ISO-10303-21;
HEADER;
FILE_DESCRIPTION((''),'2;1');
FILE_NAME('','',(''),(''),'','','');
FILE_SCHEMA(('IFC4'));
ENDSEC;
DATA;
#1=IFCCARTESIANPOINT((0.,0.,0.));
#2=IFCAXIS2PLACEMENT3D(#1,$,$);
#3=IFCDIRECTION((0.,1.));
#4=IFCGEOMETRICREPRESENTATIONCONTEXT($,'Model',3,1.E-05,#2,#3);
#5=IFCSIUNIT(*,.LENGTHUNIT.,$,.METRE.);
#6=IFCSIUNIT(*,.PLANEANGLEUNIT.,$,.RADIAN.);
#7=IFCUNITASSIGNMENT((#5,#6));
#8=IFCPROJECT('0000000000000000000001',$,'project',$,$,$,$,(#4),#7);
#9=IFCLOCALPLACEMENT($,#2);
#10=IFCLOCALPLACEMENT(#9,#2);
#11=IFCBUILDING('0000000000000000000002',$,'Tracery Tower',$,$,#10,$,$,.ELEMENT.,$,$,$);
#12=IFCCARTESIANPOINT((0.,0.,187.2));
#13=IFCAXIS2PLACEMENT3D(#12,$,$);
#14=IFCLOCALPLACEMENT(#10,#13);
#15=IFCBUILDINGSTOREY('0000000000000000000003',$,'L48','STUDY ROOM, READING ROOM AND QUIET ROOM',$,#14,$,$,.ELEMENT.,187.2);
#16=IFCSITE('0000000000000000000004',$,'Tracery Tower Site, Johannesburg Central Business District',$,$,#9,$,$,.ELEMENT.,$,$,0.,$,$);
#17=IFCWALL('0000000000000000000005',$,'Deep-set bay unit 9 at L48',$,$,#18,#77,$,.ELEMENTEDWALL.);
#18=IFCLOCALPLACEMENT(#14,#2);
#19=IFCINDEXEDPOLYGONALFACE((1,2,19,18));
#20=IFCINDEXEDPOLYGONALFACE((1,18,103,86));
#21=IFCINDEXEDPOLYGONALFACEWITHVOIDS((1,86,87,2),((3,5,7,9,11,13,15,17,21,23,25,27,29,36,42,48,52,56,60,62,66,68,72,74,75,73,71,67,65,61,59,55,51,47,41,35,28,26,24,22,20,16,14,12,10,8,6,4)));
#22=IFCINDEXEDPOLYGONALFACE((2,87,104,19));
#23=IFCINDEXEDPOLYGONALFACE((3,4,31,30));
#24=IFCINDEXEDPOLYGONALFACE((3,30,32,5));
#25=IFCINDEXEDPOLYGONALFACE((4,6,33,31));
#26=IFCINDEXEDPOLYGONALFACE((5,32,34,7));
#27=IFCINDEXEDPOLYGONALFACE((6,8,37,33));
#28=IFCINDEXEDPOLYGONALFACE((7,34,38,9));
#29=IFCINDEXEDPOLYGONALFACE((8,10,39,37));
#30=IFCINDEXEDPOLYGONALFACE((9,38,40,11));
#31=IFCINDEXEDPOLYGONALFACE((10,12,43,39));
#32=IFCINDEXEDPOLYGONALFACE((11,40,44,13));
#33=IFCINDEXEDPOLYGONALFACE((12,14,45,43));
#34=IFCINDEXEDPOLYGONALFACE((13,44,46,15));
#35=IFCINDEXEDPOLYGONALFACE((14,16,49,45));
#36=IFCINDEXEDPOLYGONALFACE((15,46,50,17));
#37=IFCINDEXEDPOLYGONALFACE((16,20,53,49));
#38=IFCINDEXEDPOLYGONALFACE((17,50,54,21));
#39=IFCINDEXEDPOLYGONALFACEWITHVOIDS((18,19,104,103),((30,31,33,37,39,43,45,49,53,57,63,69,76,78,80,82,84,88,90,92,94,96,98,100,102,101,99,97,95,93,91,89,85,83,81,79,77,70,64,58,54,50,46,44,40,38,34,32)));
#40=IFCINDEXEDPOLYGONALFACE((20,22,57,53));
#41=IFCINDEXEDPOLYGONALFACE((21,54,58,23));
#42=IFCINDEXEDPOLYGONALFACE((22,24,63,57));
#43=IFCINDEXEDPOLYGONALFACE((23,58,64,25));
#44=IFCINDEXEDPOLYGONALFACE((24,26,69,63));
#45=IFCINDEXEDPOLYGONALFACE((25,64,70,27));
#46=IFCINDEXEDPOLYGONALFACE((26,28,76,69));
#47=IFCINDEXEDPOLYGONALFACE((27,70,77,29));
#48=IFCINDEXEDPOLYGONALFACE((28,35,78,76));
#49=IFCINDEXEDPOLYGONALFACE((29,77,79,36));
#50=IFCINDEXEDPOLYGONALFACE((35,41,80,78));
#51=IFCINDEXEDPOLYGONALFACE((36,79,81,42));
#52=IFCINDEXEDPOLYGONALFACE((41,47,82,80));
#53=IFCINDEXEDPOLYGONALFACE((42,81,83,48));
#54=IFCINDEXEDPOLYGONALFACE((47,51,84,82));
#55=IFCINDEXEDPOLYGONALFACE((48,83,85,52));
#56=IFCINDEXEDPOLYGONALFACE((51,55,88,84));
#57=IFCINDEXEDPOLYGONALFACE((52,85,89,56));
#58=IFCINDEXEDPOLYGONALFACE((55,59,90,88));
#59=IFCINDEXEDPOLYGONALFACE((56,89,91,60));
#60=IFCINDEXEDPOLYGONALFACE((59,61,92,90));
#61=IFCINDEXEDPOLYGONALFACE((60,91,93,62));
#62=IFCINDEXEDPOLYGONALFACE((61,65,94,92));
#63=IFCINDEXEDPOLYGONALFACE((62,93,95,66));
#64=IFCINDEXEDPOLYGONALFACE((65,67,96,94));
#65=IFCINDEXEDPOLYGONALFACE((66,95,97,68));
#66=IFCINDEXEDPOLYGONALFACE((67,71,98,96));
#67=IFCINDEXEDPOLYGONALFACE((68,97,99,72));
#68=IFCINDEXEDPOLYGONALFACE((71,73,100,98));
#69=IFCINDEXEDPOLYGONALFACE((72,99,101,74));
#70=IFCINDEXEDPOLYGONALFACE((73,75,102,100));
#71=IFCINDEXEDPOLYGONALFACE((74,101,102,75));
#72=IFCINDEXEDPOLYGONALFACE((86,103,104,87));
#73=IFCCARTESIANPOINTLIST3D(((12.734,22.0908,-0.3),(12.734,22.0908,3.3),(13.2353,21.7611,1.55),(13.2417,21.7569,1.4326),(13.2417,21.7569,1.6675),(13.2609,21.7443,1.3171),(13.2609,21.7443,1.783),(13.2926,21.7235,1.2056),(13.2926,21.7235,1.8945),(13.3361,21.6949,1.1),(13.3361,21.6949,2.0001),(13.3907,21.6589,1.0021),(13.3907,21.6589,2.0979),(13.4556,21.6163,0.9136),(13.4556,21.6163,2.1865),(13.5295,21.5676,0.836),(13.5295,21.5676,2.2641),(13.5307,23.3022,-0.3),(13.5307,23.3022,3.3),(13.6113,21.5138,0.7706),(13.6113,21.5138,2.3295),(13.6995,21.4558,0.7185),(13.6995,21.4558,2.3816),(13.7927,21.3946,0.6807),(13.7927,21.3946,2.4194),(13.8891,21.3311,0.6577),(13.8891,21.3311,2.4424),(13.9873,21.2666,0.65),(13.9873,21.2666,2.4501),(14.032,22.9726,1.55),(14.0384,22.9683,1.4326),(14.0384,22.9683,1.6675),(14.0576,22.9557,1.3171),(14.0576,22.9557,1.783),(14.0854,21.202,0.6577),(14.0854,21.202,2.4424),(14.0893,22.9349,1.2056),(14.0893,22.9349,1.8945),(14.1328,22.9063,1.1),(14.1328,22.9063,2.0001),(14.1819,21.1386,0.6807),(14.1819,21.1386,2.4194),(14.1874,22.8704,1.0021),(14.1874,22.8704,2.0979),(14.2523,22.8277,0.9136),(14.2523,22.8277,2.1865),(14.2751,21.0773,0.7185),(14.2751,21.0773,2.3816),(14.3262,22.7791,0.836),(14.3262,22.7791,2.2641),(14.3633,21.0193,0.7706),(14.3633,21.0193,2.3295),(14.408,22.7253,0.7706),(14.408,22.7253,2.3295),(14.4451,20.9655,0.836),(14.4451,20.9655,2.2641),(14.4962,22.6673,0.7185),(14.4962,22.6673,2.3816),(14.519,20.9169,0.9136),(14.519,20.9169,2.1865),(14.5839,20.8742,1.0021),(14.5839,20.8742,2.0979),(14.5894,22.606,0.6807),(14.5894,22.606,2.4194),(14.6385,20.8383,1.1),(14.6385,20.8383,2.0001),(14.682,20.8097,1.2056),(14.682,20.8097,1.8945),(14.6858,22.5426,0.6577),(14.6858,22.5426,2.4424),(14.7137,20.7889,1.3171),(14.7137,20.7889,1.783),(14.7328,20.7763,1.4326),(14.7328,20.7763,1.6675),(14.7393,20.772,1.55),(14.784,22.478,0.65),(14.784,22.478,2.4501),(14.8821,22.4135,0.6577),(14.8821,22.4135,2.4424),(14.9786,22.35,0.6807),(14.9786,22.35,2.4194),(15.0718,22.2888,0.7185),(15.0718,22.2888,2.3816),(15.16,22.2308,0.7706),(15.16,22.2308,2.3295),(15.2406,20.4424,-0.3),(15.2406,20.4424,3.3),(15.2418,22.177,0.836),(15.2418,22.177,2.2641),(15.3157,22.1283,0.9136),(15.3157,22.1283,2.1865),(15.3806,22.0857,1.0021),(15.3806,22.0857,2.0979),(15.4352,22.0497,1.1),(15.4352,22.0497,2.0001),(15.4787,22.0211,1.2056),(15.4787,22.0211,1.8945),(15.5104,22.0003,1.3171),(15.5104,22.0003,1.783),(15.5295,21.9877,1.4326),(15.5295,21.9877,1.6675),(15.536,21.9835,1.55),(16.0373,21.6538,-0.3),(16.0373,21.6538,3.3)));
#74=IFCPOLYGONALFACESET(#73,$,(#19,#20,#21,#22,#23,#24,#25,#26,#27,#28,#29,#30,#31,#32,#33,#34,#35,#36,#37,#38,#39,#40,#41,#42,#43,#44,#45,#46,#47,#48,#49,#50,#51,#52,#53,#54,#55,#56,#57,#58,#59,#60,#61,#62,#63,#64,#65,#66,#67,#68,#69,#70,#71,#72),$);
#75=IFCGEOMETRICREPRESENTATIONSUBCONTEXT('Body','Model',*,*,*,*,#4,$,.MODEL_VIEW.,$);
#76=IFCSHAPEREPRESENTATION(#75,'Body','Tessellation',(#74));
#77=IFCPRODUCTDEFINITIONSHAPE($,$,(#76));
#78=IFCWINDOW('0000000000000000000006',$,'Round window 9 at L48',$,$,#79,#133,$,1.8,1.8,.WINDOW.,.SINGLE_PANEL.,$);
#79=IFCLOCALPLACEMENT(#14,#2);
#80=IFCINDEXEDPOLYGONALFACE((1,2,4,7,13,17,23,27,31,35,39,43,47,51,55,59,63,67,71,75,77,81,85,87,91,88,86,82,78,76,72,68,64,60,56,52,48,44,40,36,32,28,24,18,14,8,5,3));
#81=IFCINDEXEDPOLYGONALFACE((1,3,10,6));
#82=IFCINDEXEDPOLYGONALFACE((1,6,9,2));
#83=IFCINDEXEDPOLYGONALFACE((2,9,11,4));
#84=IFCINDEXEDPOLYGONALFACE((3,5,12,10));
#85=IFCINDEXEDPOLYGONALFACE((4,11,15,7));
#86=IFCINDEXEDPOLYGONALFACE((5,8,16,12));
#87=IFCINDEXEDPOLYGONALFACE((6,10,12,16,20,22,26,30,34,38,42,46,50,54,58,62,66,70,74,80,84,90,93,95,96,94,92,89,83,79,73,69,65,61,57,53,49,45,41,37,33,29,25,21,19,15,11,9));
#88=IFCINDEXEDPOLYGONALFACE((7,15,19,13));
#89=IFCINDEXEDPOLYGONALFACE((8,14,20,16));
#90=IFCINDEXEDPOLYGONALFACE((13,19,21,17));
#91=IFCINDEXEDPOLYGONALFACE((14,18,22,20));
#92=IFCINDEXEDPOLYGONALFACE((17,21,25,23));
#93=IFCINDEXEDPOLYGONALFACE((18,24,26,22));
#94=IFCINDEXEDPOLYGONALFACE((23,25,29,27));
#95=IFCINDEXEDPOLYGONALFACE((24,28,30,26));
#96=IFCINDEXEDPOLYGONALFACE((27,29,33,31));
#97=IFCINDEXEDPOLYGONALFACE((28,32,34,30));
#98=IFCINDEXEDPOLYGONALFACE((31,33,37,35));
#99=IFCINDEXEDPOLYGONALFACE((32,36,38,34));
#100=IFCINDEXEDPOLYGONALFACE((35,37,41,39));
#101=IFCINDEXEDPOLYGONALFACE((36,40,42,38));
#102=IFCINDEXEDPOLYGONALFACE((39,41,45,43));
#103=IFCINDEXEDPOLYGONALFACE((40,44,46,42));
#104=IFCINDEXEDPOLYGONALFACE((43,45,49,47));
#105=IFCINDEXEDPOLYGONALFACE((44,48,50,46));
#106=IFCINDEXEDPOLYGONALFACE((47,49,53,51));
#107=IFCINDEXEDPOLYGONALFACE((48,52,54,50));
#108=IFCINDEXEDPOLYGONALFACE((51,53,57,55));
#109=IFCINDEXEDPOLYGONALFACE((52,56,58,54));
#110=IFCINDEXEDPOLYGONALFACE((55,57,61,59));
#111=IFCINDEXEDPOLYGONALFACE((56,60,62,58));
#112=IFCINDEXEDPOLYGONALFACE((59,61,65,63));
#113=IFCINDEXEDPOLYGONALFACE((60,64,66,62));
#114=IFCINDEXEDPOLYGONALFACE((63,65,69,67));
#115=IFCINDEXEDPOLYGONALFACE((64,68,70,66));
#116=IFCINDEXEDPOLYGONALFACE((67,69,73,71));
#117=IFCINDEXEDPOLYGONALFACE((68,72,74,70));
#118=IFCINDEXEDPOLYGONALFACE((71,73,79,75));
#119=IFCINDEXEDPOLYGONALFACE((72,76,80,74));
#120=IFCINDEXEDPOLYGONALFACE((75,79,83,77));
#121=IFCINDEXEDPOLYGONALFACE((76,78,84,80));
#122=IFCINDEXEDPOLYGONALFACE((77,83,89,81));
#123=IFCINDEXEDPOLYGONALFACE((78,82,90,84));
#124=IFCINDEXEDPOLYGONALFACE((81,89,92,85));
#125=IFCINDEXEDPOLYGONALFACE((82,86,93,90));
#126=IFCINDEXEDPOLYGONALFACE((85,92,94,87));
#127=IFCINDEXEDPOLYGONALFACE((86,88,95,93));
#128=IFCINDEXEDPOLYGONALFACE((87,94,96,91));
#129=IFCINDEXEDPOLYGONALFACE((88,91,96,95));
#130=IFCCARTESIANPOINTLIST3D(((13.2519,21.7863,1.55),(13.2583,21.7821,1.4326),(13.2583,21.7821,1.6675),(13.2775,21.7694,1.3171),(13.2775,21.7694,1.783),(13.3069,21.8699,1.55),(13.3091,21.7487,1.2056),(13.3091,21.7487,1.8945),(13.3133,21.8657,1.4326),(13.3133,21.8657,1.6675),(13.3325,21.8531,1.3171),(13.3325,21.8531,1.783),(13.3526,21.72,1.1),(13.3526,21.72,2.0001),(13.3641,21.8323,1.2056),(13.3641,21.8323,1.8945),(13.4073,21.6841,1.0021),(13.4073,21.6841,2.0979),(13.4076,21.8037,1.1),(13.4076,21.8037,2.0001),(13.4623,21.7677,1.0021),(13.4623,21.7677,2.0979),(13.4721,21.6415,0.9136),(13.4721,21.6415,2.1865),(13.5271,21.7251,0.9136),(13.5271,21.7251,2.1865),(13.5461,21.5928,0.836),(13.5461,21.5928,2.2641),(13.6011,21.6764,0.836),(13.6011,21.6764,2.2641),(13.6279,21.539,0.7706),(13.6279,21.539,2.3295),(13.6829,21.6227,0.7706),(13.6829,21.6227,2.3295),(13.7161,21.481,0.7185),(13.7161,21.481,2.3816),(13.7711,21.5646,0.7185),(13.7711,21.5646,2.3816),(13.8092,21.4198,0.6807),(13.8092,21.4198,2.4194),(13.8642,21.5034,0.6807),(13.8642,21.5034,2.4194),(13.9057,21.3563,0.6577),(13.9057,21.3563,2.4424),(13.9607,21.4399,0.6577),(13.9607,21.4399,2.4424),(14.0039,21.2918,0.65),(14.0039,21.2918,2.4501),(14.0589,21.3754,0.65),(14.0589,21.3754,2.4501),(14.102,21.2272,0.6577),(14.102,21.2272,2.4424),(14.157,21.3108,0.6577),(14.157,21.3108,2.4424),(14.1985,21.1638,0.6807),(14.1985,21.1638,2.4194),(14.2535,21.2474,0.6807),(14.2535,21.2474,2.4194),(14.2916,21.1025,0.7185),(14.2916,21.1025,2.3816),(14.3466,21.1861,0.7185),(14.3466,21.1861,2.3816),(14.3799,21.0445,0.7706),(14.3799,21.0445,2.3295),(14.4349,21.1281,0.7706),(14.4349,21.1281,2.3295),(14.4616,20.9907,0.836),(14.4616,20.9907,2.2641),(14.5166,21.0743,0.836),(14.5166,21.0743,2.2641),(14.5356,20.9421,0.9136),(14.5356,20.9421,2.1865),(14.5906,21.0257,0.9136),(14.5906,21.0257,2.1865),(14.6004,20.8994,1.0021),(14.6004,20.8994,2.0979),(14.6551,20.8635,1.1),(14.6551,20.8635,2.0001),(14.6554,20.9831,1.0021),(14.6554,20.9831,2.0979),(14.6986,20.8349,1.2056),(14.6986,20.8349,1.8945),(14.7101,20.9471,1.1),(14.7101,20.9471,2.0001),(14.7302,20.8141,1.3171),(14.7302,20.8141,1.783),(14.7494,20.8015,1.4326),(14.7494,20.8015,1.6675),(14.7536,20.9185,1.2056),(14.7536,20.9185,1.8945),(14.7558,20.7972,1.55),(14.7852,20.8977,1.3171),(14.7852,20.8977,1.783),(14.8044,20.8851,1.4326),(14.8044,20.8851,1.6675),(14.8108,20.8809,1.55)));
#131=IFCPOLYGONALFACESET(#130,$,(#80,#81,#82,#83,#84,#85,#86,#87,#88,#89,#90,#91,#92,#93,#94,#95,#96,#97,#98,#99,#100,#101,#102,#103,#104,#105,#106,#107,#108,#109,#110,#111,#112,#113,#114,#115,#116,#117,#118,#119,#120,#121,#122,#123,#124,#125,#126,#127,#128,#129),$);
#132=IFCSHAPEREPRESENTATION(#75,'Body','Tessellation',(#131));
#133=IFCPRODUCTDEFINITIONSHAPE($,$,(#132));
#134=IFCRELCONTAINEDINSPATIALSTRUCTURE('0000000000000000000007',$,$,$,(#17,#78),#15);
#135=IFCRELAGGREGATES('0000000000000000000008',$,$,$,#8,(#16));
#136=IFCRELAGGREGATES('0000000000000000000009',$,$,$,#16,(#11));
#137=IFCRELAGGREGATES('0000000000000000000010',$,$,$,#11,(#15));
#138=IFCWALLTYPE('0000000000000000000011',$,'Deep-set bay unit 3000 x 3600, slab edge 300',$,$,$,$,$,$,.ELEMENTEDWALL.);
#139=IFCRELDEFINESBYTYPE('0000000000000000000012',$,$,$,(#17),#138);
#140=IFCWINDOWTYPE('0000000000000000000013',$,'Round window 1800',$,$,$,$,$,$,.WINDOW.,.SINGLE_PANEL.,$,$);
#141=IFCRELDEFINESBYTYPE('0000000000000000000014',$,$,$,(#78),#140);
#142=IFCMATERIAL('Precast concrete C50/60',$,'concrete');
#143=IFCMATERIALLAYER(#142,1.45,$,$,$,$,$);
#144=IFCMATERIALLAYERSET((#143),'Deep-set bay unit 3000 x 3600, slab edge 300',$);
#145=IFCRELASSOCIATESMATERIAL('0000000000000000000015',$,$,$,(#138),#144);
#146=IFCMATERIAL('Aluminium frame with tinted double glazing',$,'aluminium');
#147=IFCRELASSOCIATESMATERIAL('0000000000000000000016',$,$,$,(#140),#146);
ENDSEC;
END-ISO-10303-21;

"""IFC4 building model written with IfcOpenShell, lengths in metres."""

from ifc_helpers import new_model, si_unit, direction, frame, frame_2d, origin, origin_2d, place, context, subcontext, project, spatial, rectangle, circle, extrude, material, layer, layer_set, type_object, element, fill, save


model = new_model("IFC4")

# Units and contexts
model_context = context("Model", 3, precision=1e-05, world=origin(), true_north=direction((0.0, 1.0)))
body_context = subcontext(model_context, "Body", "Model", "MODEL_VIEW")
ifc_project = project(units=[si_unit("LENGTHUNIT", "METRE"), si_unit("PLANEANGLEUNIT", "RADIAN")], contexts=[model_context])

# Site, building, storey
site_placement = place(None, origin())
site = spatial("IfcSite", under=ifc_project, at=site_placement, Name="Tracery Tower Site, Johannesburg Central Business District", CompositionType="ELEMENT", RefElevation=0.0)
building_placement = place(site_placement, origin())
building = spatial("IfcBuilding", under=site, at=building_placement, Name="Tracery Tower", CompositionType="ELEMENT")
storey_placement = place(building_placement, frame((0.0, 0.0, 187.2)))
storey = spatial("IfcBuildingStorey", under=building, at=storey_placement, Name="L48", Description="STUDY ROOM, READING ROOM AND QUIET ROOM", CompositionType="ELEMENT", Elevation=187.2)

# Wall, opening, window
ifc_material_1 = material(Name="Precast concrete C50/60", Category="concrete")
ifc_layer_1 = layer(ifc_material_1, 1.45)
ifc_layer_set_1 = layer_set([ifc_layer_1], Name="Deep-set bay unit 3000 x 3600, slab edge 300")
wall_type_1 = type_object("IfcWallType", Name="Deep-set bay unit 3000 x 3600, slab edge 300", PredefinedType="ELEMENTEDWALL", material=ifc_layer_set_1)
ifc_material_2 = material(Name="Aluminium frame with tinted double glazing", Category="aluminium")
window_type = type_object("IfcWindowType", Name="Round window 1800", PartitioningType="SINGLE_PANEL", PredefinedType="WINDOW", material=ifc_material_2)
wall_1_placement = place(storey_placement, frame((15.6389, 21.0481, -0.3), z_axis=(0.0, 0.0, 1.0), x_axis=(-0.835514, 0.549469, 0.0)))
wall_1 = element("IfcWall", 1, at=wall_1_placement, inside=storey, type_object=wall_type_1, Name="Deep-set bay unit 9 at L48", PredefinedType="ELEMENTEDWALL", context=body_context, shape_type="SweptSolid", body=[
    extrude(rectangle(XDim=3.0, YDim=1.45, at=frame_2d((1.5, 0.0))), origin(), (0.0, 0.0, 1.0), 3.6001),
])
opening_1_placement = place(wall_1_placement, frame((1.5, 0.0, 1.8501)))
opening_1 = element("IfcOpeningElement", 2, at=opening_1_placement, cuts=wall_1, PredefinedType="OPENING", context=body_context, shape_type="SweptSolid", body=[
    extrude(circle(Radius=0.9, at=origin_2d()), frame((0.0, 0.7349, 0.0), z_axis=(0.0, -1.0, 0.0), x_axis=(1.0, 0.0, 0.0)), (0.0, 0.0, 1.0), 1.47),
])
window_1_placement = place(opening_1_placement, origin())
window_1 = element("IfcWindow", 3, at=window_1_placement, inside=storey, type_object=window_type, Name="Round window 9 at L48", OverallHeight=1.8, OverallWidth=1.8, PartitioningType="SINGLE_PANEL", PredefinedType="WINDOW", context=body_context, shape_type="SweptSolid", body=[
    extrude(circle(Radius=0.9, at=origin_2d()), frame((0.0, 0.6948, 0.0), z_axis=(0.0, -1.0, 0.0), x_axis=(1.0, 0.0, 0.0)), (0.0, 0.0, 1.0), 0.1001),
])
fill(opening_1, window_1)

save(model, "model.ifc")
